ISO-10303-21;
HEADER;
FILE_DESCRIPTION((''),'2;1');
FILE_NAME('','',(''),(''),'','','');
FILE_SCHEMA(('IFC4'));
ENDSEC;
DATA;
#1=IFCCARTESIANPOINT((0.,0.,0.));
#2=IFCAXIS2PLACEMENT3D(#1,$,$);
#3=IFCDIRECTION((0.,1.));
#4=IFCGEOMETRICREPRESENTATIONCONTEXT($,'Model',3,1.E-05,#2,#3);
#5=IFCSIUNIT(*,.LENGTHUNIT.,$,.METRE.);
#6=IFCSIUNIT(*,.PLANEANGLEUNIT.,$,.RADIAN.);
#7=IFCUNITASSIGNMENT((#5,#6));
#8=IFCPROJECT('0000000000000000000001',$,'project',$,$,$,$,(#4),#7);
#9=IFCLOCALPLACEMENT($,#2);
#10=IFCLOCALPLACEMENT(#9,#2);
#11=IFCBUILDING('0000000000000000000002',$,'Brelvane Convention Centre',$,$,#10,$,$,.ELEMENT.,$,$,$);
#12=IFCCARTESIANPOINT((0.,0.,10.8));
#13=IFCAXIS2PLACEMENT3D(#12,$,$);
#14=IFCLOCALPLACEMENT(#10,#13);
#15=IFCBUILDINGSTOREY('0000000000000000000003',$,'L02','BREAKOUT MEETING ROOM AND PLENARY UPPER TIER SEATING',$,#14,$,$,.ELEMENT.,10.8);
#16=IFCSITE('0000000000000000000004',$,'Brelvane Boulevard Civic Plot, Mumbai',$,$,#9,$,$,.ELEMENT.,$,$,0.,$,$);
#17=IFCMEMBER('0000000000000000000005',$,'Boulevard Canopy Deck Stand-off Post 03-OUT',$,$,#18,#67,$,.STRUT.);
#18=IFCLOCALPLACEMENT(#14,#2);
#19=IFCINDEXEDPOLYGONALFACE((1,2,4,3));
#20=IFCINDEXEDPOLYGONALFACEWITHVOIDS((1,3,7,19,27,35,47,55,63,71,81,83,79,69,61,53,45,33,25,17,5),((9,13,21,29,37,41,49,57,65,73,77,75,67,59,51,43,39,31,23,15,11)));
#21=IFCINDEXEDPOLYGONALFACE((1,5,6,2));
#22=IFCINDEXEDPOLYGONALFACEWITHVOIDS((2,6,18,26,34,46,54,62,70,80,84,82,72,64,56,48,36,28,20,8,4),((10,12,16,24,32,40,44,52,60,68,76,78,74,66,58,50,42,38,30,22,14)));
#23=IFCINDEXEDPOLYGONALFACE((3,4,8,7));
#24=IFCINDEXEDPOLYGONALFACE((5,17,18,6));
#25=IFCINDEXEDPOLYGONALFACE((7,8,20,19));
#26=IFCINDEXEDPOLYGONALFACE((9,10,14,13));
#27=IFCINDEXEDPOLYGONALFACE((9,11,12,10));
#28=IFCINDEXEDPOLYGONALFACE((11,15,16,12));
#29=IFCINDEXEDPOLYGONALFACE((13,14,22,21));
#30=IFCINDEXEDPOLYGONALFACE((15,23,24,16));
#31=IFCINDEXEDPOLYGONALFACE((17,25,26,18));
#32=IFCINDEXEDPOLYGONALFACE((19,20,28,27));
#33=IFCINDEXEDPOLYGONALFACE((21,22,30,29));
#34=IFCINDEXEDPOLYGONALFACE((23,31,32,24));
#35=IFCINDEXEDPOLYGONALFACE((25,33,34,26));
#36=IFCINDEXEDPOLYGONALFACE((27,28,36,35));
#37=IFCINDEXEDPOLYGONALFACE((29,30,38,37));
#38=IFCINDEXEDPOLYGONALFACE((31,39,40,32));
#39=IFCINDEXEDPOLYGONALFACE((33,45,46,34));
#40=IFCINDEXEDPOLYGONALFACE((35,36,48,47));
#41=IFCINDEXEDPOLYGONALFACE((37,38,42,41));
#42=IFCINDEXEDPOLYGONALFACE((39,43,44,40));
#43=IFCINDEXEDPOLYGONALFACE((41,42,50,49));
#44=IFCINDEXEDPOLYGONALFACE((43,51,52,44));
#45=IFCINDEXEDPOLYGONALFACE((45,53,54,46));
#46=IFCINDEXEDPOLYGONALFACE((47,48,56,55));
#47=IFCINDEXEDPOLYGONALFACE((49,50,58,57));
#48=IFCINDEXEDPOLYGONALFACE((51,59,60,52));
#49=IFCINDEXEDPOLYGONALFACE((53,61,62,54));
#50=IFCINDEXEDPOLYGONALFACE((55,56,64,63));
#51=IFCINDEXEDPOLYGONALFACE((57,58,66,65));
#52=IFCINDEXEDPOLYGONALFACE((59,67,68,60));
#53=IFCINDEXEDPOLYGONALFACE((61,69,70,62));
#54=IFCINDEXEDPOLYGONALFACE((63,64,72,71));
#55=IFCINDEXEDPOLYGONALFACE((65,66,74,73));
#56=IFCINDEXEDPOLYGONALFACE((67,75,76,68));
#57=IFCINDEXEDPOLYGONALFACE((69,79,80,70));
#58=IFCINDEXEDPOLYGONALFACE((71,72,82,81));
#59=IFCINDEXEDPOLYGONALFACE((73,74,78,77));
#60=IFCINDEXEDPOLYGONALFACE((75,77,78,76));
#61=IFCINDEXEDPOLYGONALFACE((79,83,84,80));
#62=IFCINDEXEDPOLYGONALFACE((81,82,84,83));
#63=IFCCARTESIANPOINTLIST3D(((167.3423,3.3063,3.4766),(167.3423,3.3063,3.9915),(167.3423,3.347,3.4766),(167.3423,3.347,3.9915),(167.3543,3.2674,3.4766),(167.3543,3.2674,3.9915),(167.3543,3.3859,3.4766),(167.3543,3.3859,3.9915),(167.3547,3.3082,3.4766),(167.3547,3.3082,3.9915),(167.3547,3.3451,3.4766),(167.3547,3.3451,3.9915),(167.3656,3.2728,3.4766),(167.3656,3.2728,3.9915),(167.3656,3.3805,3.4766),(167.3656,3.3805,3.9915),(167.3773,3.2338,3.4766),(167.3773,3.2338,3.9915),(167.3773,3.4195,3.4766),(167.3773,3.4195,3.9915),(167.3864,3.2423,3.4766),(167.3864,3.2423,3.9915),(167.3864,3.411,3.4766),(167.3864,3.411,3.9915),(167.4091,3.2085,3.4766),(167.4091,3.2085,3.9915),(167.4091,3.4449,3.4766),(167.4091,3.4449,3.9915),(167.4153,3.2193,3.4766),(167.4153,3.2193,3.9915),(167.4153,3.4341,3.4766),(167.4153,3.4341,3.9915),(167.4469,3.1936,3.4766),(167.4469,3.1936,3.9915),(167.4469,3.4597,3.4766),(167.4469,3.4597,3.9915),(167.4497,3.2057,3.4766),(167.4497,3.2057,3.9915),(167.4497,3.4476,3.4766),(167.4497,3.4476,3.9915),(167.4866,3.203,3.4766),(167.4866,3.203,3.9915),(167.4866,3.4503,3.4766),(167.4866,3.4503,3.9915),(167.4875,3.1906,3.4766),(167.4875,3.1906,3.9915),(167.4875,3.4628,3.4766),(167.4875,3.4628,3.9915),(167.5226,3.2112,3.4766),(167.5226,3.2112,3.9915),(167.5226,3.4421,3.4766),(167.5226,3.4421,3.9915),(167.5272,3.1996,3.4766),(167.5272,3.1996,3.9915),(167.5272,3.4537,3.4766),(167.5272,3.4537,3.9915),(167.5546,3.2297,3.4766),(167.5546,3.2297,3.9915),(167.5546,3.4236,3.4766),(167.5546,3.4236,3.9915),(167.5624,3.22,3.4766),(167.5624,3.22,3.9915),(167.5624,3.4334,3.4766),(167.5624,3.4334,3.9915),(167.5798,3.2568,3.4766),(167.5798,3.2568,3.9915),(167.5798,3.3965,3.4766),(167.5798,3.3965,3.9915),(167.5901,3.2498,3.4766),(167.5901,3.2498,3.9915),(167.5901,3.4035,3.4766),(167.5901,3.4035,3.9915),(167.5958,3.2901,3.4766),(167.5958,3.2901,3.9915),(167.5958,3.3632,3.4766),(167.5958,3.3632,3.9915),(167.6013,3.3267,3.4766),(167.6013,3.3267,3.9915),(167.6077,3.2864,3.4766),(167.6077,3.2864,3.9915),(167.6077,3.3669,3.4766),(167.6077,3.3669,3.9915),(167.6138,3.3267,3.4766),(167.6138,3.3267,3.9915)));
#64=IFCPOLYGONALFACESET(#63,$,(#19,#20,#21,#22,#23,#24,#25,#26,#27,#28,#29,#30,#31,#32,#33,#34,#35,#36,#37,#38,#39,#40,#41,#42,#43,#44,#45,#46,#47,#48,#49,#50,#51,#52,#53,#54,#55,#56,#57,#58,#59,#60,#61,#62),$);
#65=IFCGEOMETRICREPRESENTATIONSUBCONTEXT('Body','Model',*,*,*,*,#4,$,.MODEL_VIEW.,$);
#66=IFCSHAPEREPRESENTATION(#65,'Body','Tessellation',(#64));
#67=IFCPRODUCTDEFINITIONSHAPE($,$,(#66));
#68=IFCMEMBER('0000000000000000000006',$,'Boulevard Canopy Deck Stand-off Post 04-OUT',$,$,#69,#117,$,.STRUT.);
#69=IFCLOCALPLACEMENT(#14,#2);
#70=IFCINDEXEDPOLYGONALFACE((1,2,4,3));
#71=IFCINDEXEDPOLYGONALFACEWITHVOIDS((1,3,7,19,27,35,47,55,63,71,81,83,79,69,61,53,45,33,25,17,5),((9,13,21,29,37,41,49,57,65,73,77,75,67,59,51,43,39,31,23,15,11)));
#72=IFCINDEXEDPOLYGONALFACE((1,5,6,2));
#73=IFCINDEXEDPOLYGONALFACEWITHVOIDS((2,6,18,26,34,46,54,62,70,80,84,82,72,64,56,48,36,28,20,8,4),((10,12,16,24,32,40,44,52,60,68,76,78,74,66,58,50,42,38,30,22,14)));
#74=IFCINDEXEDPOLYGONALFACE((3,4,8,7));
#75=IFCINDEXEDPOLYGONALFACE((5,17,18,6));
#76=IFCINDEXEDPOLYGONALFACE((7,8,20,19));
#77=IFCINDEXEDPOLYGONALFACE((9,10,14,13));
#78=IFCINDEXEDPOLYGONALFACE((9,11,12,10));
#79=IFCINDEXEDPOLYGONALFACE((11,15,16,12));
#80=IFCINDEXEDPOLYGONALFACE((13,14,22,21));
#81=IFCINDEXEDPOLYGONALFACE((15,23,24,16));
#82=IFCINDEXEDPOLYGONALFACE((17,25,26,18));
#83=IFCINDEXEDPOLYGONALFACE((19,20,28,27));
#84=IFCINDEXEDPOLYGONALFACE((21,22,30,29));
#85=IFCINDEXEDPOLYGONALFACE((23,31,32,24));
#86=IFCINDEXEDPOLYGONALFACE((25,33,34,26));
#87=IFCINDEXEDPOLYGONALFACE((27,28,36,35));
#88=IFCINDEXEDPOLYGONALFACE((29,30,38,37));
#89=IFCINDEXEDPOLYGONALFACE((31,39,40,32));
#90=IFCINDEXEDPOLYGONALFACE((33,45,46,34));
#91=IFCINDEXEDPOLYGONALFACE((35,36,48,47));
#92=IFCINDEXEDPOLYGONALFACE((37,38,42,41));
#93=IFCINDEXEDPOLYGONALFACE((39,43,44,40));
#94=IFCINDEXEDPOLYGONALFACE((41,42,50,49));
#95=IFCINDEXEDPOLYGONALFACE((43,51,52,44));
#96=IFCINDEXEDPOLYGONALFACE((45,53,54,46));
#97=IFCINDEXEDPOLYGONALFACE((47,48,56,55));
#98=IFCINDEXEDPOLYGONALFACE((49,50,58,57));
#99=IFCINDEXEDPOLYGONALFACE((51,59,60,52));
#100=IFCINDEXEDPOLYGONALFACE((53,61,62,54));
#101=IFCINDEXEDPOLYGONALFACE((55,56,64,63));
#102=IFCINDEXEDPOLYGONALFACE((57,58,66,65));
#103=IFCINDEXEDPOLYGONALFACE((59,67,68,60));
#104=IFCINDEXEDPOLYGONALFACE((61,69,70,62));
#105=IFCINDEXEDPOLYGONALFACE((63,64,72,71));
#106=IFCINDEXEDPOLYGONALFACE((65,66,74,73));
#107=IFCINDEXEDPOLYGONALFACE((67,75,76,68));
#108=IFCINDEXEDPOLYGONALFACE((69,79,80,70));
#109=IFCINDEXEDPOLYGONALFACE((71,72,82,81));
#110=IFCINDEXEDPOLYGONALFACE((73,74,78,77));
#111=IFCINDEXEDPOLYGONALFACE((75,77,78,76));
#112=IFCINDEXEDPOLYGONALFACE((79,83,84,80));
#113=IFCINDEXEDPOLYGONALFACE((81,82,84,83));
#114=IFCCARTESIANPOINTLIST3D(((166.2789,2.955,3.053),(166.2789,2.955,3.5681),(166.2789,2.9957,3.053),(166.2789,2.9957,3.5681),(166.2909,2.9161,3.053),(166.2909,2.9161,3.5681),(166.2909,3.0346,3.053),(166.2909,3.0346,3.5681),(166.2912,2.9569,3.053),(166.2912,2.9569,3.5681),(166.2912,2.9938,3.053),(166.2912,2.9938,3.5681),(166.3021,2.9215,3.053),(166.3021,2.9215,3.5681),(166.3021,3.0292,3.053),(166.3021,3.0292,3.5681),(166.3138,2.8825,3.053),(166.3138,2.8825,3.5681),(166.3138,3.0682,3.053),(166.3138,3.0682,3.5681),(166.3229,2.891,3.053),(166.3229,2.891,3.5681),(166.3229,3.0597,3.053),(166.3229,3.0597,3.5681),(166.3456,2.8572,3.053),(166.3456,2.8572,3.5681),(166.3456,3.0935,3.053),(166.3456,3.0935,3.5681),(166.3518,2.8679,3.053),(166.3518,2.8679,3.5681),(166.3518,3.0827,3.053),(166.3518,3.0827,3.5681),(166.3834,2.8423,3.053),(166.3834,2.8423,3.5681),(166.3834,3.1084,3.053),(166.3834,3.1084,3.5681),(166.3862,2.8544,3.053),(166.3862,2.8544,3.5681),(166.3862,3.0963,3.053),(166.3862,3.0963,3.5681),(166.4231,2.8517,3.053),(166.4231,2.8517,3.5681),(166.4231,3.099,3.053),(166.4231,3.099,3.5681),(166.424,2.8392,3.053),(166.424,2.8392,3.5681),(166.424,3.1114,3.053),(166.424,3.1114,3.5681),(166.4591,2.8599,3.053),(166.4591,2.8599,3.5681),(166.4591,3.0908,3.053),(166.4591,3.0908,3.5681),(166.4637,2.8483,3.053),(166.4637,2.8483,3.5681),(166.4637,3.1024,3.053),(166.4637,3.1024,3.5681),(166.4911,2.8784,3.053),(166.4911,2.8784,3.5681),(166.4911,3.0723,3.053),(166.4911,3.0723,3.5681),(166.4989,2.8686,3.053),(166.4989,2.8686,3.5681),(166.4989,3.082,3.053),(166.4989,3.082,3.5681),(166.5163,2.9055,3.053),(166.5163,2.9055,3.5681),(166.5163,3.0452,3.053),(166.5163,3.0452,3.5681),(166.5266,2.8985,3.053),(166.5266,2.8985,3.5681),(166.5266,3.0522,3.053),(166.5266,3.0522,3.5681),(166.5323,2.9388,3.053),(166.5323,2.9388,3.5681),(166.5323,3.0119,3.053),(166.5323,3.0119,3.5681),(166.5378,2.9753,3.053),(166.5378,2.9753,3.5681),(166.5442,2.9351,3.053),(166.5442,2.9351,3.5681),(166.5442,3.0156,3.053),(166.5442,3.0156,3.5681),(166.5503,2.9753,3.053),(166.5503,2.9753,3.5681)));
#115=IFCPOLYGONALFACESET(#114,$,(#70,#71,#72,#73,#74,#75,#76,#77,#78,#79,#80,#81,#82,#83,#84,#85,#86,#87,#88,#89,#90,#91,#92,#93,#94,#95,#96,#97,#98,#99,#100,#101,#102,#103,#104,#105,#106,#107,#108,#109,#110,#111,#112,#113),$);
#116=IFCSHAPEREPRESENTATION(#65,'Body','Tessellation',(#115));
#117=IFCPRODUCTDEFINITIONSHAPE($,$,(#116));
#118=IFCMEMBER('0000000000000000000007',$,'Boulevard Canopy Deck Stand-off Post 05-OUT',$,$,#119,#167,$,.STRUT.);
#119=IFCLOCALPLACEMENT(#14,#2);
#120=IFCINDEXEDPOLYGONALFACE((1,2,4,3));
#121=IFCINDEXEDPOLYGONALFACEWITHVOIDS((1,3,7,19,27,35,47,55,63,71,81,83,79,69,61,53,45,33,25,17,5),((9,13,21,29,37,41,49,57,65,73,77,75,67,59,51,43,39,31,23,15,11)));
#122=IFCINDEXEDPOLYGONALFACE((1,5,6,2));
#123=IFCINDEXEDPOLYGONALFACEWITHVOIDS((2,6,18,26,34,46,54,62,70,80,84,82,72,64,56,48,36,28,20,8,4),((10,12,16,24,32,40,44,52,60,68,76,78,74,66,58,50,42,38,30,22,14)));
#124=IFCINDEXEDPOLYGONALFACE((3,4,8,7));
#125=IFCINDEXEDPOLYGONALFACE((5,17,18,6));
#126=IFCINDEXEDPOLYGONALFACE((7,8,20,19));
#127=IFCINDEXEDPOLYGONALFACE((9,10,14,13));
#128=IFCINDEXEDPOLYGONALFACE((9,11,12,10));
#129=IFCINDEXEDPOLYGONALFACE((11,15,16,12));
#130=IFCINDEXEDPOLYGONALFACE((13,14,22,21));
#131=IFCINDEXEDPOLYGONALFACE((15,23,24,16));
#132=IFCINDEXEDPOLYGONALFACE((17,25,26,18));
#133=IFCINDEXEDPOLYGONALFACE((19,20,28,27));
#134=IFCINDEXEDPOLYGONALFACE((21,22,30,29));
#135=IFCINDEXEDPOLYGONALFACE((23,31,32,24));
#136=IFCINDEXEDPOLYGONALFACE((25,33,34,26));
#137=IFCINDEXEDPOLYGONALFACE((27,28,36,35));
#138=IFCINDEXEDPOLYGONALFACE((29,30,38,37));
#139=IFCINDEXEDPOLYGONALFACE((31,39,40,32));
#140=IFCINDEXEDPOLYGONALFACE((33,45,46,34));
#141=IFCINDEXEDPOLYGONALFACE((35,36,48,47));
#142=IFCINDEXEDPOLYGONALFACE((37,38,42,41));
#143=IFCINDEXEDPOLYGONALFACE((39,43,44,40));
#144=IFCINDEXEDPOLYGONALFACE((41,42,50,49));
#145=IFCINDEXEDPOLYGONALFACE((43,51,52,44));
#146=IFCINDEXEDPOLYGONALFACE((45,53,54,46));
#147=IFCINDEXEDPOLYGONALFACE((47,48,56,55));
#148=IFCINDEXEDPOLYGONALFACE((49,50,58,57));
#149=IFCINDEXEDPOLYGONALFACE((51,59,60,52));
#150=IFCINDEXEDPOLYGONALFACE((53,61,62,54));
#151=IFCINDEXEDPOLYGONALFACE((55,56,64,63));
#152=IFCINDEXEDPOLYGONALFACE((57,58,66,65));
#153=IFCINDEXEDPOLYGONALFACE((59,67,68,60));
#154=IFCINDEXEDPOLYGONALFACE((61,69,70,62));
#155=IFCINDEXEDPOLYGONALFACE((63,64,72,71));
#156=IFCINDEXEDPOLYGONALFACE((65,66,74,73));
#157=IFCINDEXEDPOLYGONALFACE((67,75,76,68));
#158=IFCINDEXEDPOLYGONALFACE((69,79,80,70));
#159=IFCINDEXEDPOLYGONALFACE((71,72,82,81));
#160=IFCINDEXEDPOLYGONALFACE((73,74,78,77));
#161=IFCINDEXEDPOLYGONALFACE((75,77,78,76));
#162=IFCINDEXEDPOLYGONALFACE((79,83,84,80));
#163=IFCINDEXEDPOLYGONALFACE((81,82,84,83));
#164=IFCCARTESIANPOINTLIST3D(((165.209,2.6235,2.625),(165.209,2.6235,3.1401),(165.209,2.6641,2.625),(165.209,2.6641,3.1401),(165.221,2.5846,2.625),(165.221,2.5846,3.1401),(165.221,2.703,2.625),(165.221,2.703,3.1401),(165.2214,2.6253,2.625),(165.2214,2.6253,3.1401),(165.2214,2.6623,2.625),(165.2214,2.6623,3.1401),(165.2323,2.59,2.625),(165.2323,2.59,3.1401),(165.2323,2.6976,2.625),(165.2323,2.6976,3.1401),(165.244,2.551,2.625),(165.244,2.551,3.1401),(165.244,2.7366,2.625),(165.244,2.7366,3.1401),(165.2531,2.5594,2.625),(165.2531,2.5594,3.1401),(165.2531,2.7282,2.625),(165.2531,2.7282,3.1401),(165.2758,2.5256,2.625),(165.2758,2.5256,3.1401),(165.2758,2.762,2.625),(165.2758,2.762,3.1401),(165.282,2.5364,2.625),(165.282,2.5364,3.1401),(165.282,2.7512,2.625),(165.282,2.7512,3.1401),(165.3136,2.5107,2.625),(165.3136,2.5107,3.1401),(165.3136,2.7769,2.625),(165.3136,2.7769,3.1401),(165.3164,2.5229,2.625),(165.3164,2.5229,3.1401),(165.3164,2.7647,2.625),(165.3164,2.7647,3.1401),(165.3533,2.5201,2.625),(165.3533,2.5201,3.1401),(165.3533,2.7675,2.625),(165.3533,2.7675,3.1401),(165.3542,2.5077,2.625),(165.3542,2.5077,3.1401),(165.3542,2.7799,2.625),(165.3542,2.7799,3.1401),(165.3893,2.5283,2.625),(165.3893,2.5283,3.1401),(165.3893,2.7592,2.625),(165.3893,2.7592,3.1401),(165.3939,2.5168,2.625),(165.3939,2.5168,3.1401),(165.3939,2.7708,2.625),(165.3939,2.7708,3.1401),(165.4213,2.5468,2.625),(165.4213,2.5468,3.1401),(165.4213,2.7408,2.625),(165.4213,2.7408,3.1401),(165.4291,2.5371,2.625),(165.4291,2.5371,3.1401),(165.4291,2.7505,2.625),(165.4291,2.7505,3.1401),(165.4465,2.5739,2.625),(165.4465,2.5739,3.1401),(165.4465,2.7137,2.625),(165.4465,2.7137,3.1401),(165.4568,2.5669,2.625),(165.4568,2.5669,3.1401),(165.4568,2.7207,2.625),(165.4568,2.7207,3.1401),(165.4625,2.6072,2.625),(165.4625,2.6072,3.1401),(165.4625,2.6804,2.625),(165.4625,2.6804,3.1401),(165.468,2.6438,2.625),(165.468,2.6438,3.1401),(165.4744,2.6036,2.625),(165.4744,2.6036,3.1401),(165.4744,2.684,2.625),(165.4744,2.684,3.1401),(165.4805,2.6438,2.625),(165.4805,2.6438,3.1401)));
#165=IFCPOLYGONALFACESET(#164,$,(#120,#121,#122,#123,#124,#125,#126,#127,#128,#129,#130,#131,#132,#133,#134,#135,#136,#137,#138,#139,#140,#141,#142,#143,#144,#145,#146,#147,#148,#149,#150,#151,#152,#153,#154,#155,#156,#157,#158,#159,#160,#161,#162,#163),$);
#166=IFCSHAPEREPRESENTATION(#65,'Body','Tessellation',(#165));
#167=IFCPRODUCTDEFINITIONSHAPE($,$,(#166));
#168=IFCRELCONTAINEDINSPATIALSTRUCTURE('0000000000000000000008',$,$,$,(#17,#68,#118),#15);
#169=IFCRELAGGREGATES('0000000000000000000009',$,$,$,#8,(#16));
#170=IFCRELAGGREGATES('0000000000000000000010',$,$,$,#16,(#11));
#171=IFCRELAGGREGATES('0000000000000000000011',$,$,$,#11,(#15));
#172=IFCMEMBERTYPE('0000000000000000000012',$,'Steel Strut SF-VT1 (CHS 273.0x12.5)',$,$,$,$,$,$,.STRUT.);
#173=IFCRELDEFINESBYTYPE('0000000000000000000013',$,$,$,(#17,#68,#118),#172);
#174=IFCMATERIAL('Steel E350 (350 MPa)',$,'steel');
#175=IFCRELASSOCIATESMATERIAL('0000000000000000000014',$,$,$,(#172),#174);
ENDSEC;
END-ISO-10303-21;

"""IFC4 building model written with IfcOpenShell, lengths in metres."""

from ifc_helpers import new_model, si_unit, direction, frame, origin, origin_2d, place, context, subcontext, project, spatial, hollow_circle, extrude, material, material_profile, profile_set, type_object, element, save


model = new_model("IFC4")

# Units and contexts
model_context = context("Model", 3, precision=1e-05, world=origin(), true_north=direction((0.0, 1.0)))
body_context = subcontext(model_context, "Body", "Model", "MODEL_VIEW")
ifc_project = project(units=[si_unit("LENGTHUNIT", "METRE"), si_unit("PLANEANGLEUNIT", "RADIAN")], contexts=[model_context])

# Site, building, storey
site_placement = place(None, origin())
site = spatial("IfcSite", under=ifc_project, at=site_placement, Name="Brelvane Boulevard Civic Plot, Mumbai", CompositionType="ELEMENT", RefElevation=0.0)
building_placement = place(site_placement, origin())
building = spatial("IfcBuilding", under=site, at=building_placement, Name="Brelvane Convention Centre", CompositionType="ELEMENT")
storey_placement = place(building_placement, frame((0.0, 0.0, 10.8)))
storey = spatial("IfcBuildingStorey", under=building, at=storey_placement, Name="L02", Description="BREAKOUT MEETING ROOM AND PLENARY UPPER TIER SEATING", CompositionType="ELEMENT", Elevation=10.8)

# Members
ifc_material_1 = material(Name="Steel E350 (350 MPa)", Category="steel")
ifc_material_profile_1 = material_profile(ifc_material_1, hollow_circle(Radius=0.1365, WallThickness=0.0125, at=origin_2d()), Name="CHS 273.0x12.5")
ifc_profile_set_1 = profile_set([ifc_material_profile_1], Name="Steel E350 (350 MPa)")
member_type_1 = type_object("IfcMemberType", Name="Steel Strut SF-VT1 (CHS 273.0x12.5)", PredefinedType="STRUT", material=ifc_profile_set_1)
member_1_placement = place(storey_placement, frame((167.4773, 3.3267, 3.4766), z_axis=(0.0, 0.0, 1.0), x_axis=(1.0, 0.0, 0.0)))
element("IfcMember", 1, at=member_1_placement, inside=storey, type_object=member_type_1, Name="Boulevard Canopy Deck Stand-off Post 03-OUT", PredefinedType="STRUT", context=body_context, shape_type="SweptSolid", body=[
    extrude(hollow_circle(Radius=0.1365, WallThickness=0.0125, at=origin_2d()), origin(), (0.0, 0.0, 1.0), 0.5149),
])
for number, where, z_axis, x_axis, name in (
    (2, (166.4138, 2.9753, 3.053), (0.0, 0.0, 1.0), (1.0, 0.0, 0.0), "Boulevard Canopy Deck Stand-off Post 04-OUT"),
    (3, (165.344, 2.6438, 2.625), (0.0, 0.0, 1.0), (1.0, 0.0, 0.0), "Boulevard Canopy Deck Stand-off Post 05-OUT"),
):
    element("IfcMember", number, at=place(storey_placement, frame(where, z_axis=z_axis, x_axis=x_axis)), inside=storey, type_object=member_type_1, Name=name, PredefinedType="STRUT", context=body_context, shape_type="SweptSolid", body=[
        extrude(hollow_circle(Radius=0.1365, WallThickness=0.0125, at=origin_2d()), origin(), (0.0, 0.0, 1.0), 0.5151),
    ])

save(model, "model.ifc")
